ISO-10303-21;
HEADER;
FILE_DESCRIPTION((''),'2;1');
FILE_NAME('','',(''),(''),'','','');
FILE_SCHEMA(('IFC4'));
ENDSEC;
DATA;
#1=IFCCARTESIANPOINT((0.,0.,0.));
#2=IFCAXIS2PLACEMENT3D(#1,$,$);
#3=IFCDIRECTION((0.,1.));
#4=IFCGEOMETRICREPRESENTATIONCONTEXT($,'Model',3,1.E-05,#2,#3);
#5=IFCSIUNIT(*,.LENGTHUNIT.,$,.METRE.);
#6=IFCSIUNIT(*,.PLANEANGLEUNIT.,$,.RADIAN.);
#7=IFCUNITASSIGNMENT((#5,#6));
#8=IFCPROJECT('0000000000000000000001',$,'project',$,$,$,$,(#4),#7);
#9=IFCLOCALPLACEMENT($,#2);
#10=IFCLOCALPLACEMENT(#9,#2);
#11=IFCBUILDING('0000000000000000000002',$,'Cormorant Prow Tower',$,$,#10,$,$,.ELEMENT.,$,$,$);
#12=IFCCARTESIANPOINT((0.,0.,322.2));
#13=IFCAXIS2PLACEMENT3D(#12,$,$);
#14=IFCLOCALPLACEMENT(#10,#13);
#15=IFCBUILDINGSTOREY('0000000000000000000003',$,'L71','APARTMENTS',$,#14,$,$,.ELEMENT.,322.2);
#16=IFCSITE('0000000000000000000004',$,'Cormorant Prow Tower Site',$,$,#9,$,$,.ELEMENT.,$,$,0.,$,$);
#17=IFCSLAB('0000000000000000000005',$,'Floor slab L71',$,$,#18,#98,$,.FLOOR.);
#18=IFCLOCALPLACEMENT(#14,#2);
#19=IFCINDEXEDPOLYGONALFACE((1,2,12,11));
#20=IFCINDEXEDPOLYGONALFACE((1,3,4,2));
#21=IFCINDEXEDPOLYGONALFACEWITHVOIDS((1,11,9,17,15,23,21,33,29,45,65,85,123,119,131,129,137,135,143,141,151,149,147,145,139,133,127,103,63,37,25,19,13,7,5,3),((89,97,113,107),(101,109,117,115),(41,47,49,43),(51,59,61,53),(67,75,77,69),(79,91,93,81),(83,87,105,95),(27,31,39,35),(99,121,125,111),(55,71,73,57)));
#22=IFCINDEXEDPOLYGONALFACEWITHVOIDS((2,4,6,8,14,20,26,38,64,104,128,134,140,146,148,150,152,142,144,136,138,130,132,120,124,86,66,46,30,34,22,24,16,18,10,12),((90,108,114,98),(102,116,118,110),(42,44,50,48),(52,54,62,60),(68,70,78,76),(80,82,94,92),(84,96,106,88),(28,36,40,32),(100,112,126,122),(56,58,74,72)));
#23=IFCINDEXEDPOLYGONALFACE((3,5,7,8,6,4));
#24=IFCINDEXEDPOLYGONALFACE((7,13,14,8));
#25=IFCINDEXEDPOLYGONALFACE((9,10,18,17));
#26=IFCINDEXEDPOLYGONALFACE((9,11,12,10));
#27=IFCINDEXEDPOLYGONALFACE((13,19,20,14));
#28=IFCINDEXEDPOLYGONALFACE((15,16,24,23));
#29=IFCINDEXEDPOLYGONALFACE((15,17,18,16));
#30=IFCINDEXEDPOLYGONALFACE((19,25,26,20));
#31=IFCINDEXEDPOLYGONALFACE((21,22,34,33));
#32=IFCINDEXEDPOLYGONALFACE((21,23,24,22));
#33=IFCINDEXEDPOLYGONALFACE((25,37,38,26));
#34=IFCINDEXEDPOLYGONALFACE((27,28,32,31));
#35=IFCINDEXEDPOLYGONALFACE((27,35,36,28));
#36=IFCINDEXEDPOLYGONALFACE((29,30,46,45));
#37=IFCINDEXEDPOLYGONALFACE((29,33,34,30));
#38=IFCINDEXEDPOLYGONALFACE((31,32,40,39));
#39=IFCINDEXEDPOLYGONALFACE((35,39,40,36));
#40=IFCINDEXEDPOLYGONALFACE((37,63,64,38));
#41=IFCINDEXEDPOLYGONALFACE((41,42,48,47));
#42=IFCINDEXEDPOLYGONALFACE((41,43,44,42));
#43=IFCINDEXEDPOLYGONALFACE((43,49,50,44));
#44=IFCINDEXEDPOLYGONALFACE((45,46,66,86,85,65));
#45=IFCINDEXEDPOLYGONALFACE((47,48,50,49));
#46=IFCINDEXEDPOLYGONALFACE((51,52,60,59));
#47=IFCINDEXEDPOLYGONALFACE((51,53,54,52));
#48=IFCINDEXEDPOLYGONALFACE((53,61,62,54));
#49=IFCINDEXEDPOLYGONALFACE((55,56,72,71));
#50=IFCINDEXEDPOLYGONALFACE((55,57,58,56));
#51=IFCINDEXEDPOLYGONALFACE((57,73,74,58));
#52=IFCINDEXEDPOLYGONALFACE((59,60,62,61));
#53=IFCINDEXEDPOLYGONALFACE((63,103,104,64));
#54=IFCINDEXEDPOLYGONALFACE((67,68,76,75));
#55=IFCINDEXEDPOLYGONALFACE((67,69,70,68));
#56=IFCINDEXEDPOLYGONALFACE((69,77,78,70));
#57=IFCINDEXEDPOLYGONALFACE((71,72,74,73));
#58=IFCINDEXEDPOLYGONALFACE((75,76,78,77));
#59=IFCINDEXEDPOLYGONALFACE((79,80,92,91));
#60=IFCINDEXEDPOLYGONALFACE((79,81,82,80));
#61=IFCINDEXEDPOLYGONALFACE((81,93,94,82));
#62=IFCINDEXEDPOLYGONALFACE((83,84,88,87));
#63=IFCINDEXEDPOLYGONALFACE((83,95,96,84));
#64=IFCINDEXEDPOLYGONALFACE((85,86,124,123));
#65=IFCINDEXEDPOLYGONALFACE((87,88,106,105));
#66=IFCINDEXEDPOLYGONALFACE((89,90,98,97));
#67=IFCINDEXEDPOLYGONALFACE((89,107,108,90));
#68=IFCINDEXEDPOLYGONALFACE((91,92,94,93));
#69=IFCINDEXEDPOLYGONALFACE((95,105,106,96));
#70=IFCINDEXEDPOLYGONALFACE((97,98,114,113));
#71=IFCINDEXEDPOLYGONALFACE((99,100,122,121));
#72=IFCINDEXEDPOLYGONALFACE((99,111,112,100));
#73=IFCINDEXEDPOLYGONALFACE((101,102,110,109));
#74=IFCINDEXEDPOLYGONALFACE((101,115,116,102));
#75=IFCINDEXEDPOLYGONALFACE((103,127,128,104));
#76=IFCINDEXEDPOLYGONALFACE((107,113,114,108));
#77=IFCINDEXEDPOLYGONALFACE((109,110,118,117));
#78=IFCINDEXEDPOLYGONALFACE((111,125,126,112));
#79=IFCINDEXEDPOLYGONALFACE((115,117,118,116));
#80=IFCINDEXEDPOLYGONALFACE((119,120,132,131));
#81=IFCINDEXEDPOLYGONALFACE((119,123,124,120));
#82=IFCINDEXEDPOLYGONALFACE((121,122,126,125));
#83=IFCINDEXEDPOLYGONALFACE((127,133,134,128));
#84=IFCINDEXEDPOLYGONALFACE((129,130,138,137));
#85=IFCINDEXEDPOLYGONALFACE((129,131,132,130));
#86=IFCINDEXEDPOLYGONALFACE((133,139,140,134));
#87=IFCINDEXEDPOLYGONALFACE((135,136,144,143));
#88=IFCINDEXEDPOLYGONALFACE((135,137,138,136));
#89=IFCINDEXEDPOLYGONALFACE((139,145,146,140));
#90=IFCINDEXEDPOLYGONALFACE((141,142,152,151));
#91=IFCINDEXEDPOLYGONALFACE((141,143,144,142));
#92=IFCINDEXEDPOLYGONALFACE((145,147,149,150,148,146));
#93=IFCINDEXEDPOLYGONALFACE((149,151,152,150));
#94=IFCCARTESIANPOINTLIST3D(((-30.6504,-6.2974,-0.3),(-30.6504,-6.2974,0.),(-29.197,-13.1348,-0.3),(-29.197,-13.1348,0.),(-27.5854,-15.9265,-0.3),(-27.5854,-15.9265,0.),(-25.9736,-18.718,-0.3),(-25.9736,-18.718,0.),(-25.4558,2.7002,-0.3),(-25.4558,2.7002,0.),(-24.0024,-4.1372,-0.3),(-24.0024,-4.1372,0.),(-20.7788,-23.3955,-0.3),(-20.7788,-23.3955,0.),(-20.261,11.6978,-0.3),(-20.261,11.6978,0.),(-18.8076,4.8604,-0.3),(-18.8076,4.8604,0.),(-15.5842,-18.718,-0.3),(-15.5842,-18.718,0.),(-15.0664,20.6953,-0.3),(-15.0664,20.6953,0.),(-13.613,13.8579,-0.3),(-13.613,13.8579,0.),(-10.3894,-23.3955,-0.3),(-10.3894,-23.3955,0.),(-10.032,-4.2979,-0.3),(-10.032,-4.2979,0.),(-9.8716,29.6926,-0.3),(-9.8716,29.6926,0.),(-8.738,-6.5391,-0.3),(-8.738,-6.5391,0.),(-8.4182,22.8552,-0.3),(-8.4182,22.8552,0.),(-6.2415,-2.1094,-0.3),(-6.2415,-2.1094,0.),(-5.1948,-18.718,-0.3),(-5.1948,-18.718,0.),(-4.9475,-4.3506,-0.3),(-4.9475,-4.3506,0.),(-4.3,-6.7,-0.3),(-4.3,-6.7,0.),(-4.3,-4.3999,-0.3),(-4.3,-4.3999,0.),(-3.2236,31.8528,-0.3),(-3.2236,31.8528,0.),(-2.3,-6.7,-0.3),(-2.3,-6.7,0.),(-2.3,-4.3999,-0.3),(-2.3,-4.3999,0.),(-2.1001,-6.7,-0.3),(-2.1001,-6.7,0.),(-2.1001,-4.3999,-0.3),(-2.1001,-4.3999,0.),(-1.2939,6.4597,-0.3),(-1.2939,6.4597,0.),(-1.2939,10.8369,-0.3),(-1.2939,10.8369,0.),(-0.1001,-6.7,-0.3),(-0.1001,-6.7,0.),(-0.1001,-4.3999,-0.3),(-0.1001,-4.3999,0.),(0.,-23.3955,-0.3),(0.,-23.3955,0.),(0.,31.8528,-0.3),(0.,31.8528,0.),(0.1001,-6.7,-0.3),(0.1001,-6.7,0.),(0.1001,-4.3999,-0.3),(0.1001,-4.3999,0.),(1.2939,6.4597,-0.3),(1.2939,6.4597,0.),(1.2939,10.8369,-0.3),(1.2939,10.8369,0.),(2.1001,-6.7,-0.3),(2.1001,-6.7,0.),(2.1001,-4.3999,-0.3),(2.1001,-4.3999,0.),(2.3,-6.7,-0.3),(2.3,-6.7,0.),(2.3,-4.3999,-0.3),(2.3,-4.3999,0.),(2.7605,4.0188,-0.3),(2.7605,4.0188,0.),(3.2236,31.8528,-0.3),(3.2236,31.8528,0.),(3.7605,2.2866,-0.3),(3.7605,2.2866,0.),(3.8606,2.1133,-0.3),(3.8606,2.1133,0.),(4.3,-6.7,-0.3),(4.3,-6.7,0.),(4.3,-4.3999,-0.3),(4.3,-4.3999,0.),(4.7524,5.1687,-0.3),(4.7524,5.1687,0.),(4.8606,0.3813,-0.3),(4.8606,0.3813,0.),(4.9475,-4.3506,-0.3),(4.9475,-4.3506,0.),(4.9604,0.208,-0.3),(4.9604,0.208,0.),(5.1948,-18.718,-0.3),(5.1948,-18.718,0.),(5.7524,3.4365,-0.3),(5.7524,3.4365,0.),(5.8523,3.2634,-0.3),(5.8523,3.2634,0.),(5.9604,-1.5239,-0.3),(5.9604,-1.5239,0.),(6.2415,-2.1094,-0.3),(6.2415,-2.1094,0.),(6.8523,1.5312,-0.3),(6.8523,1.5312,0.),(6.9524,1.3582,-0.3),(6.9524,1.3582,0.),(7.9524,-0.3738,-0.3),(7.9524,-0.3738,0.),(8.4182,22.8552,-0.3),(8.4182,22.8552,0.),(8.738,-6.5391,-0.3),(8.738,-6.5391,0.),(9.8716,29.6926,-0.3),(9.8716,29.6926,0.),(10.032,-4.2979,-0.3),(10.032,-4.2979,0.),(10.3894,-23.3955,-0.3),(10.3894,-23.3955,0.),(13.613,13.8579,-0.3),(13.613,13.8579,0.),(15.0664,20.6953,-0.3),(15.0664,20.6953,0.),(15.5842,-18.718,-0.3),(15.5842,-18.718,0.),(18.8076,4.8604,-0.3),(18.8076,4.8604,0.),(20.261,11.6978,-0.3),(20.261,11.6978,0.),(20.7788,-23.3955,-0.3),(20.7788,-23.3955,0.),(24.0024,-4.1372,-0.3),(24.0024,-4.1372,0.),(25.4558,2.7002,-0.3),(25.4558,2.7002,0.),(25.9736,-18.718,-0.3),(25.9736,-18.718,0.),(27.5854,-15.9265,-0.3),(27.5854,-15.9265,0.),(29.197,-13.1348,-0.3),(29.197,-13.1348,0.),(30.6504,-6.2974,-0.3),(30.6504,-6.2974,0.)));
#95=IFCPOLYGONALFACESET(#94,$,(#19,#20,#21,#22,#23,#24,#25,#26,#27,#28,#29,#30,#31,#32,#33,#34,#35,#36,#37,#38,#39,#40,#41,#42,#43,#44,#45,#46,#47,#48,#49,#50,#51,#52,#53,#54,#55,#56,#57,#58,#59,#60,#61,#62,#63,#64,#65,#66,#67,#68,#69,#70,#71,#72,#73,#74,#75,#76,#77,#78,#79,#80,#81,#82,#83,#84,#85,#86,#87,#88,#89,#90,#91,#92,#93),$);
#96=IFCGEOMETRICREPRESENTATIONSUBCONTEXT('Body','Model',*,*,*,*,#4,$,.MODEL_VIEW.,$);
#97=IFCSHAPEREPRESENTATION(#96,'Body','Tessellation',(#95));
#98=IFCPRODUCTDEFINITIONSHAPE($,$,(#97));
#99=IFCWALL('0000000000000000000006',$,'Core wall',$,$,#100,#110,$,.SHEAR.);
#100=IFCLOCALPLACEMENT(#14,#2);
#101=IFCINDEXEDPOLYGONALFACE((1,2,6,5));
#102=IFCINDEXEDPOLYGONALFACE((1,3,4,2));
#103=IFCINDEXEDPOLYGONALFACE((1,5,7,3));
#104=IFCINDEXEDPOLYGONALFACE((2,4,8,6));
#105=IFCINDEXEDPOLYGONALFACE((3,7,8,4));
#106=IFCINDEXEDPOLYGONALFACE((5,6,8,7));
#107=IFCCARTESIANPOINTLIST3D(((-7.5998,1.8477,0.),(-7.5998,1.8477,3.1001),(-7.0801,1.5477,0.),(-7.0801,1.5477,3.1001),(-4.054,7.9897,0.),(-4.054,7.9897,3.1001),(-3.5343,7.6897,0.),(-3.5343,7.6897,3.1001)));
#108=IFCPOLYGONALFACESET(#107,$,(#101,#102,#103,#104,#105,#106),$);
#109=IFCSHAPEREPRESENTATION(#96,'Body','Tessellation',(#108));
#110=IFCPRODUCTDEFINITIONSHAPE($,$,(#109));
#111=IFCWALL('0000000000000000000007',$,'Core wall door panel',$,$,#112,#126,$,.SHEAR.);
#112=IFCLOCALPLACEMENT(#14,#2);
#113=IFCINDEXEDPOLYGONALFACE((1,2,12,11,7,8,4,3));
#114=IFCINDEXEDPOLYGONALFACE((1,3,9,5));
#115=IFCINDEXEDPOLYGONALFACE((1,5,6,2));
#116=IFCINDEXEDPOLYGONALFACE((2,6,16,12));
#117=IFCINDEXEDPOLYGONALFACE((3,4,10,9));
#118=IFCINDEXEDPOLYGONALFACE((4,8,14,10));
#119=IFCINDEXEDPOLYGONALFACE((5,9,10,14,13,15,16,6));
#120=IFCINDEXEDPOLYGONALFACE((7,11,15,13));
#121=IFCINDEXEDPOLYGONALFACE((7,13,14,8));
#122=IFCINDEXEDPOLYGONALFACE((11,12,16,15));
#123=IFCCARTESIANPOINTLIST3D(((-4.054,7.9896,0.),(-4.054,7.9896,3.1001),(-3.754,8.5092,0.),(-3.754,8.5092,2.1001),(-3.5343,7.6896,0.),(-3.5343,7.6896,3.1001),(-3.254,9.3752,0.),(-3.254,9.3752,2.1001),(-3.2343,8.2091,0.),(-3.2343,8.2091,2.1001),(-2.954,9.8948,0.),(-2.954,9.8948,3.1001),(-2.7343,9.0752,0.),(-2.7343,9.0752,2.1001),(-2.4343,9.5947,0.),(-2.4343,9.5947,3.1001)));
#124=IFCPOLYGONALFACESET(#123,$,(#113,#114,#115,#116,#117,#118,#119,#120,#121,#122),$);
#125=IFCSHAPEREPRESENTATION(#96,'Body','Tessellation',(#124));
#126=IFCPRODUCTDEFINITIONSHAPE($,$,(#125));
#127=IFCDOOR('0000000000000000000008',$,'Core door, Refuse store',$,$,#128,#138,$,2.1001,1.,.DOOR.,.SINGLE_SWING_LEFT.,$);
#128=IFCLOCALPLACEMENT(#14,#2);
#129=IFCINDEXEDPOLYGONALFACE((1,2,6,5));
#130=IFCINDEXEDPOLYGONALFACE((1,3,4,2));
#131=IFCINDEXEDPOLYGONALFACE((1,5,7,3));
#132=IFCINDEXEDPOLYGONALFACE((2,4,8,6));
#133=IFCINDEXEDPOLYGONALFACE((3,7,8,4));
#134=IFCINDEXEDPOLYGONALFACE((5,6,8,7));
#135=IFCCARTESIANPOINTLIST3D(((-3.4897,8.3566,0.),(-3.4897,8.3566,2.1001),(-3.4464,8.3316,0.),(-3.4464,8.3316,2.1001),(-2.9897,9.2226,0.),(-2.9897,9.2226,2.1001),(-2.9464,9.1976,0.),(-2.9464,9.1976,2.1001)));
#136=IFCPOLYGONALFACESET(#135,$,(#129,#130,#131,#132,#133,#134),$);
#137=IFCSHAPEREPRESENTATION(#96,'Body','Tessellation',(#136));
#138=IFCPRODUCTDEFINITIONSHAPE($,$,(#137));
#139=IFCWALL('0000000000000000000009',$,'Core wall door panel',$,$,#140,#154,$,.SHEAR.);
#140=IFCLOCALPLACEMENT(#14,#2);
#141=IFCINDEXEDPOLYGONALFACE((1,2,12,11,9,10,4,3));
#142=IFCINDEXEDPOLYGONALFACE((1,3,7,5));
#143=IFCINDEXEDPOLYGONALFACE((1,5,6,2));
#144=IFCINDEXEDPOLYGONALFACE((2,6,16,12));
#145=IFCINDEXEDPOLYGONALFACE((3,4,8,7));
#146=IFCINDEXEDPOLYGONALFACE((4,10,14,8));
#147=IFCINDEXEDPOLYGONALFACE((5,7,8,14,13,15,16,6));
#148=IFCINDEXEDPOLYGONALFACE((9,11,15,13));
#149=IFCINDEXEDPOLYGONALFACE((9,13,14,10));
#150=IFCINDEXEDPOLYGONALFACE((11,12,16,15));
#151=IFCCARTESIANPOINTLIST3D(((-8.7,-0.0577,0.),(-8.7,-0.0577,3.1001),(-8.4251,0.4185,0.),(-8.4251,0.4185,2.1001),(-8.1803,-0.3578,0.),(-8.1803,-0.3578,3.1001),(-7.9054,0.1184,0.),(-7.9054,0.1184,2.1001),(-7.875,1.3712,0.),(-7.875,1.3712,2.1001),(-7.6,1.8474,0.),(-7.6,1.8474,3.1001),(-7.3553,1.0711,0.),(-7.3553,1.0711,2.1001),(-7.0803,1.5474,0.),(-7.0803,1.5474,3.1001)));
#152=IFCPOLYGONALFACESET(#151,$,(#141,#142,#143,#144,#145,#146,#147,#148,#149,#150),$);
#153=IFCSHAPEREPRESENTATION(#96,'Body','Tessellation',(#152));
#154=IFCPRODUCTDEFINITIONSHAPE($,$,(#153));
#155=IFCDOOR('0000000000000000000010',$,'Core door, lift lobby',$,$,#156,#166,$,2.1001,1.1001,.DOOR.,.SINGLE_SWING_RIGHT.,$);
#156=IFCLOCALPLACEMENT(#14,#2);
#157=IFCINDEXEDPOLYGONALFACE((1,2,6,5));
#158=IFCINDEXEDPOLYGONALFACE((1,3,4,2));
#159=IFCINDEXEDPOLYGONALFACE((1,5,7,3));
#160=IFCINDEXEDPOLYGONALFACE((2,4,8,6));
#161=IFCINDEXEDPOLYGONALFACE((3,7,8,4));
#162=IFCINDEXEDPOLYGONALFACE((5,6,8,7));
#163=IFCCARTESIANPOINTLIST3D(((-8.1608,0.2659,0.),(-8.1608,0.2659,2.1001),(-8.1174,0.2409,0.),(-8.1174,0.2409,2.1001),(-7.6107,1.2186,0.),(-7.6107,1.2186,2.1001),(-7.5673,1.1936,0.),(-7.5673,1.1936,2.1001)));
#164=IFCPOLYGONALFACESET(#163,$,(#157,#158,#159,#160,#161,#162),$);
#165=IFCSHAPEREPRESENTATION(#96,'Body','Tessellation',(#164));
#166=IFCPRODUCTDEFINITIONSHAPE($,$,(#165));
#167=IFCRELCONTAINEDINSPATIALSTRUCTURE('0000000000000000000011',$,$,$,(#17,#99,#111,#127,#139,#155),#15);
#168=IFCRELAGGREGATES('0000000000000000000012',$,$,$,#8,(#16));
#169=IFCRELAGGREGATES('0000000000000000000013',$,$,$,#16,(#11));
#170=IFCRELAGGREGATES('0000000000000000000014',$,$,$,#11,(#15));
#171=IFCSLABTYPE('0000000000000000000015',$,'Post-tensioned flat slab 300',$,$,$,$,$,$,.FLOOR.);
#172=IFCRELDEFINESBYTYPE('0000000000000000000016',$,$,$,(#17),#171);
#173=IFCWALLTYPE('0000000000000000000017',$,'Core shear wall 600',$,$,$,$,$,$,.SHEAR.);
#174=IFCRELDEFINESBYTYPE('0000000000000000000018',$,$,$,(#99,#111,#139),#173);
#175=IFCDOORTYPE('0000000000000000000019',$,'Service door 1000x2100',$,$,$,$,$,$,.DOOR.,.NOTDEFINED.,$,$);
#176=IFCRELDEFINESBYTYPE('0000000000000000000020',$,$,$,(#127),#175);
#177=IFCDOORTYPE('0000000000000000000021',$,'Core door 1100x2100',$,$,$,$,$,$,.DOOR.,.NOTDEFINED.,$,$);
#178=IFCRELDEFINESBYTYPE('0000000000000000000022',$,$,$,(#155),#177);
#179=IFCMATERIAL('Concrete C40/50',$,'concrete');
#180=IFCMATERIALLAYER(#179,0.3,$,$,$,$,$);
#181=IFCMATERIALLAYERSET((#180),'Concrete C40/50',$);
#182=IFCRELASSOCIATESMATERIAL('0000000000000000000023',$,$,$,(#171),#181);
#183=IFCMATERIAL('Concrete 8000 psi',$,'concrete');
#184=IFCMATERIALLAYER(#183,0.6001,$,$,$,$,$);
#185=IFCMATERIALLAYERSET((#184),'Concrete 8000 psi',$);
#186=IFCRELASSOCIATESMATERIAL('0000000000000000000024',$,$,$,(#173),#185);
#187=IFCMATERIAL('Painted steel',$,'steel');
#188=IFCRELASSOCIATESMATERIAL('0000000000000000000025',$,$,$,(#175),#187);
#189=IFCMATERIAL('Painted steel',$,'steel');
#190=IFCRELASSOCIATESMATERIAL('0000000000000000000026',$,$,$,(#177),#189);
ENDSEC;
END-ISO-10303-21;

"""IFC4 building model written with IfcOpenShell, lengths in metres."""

from ifc_helpers import new_model, si_unit, direction, frame, frame_2d, origin, place, context, subcontext, project, spatial, polyline, rectangle, outline, extrude, material, layer, layer_set, type_object, element, fill, save


model = new_model("IFC4")

# Units and contexts
model_context = context("Model", 3, precision=1e-05, world=origin(), true_north=direction((0.0, 1.0)))
body_context = subcontext(model_context, "Body", "Model", "MODEL_VIEW")
ifc_project = project(units=[si_unit("LENGTHUNIT", "METRE"), si_unit("PLANEANGLEUNIT", "RADIAN")], contexts=[model_context])

# Site, building, storey
site_placement = place(None, origin())
site = spatial("IfcSite", under=ifc_project, at=site_placement, Name="Cormorant Prow Tower Site", CompositionType="ELEMENT", RefElevation=0.0)
building_placement = place(site_placement, origin())
building = spatial("IfcBuilding", under=site, at=building_placement, Name="Cormorant Prow Tower", CompositionType="ELEMENT")
storey_placement = place(building_placement, frame((0.0, 0.0, 322.2)))
storey = spatial("IfcBuildingStorey", under=building, at=storey_placement, Name="L71", Description="APARTMENTS", CompositionType="ELEMENT", Elevation=322.2)

# Slab
ifc_material_1 = material(Name="Concrete C40/50", Category="concrete")
ifc_layer_1 = layer(ifc_material_1, 0.3)
ifc_layer_set_1 = layer_set([ifc_layer_1], Name="Concrete C40/50")
slab_type_1 = type_object("IfcSlabType", Name="Post-tensioned flat slab 300", PredefinedType="FLOOR", material=ifc_layer_set_1)
slab_1_placement = place(storey_placement, frame((0.0, 0.0, -0.3)))
element("IfcSlab", 1, at=slab_1_placement, inside=storey, type_object=slab_type_1, Name="Floor slab L71", PredefinedType="FLOOR", context=body_context, shape_type="SweptSolid", body=[
    extrude(outline(polyline([(-8.4182, 22.8552), (-15.0664, 20.6953), (-13.613, 13.8579), (-20.261, 11.6978), (-18.8076, 4.8604), (-25.4558, 2.7002), (-24.0024, -4.1372), (-30.6504, -6.2974), (-29.197, -13.1348), (-27.5854, -15.9265), (-25.9736, -18.718), (-20.7788, -23.3955), (-15.5842, -18.718), (-10.3894, -23.3955), (-5.1948, -18.718), (0.0, -23.3955), (5.1948, -18.718), (10.3894, -23.3955), (15.5842, -18.718), (20.7788, -23.3955), (25.9736, -18.718), (27.5854, -15.9265), (29.197, -13.1348), (30.6504, -6.2974), (24.0024, -4.1372), (25.4558, 2.7002), (18.8076, 4.8604), (20.261, 11.6978), (13.613, 13.8579), (15.0664, 20.6953), (8.4182, 22.8552), (9.8716, 29.6926), (3.2236, 31.8528), (0.0, 31.8528), (-3.2236, 31.8528), (-9.8716, 29.6926), (-8.4182, 22.8552)]), holes=[polyline([(-4.3, -4.3999), (-2.3, -4.3999), (-2.3, -6.7), (-4.3, -6.7), (-4.3, -4.3999)]), polyline([(-0.1001, -4.3999), (-0.1001, -6.7), (-2.1001, -6.7), (-2.1001, -4.3999), (-0.1001, -4.3999)]), polyline([(2.1001, -6.7), (0.1001, -6.7), (0.1001, -4.3999), (2.1001, -4.3999), (2.1001, -6.7)]), polyline([(2.3, -6.7), (2.3, -4.3999), (4.3, -4.3999), (4.3, -6.7), (2.3, -6.7)]), polyline([(5.9604, -1.5239), (4.9604, 0.208), (6.9524, 1.3582), (7.9524, -0.3738), (5.9604, -1.5239)]), polyline([(3.8606, 2.1133), (5.8523, 3.2634), (6.8523, 1.5312), (4.8606, 0.3813), (3.8606, 2.1133)]), polyline([(4.7524, 5.1687), (5.7524, 3.4365), (3.7605, 2.2866), (2.7605, 4.0188), (4.7524, 5.1687)]), polyline([(-4.9475, -4.3506), (-8.738, -6.5391), (-10.032, -4.2979), (-6.2415, -2.1094), (-4.9475, -4.3506)]), polyline([(10.032, -4.2979), (8.738, -6.5391), (4.9475, -4.3506), (6.2415, -2.1094), (10.032, -4.2979)]), polyline([(1.2939, 10.8369), (1.2939, 6.4597), (-1.2939, 6.4597), (-1.2939, 10.8369), (1.2939, 10.8369)])]), origin(), (0.0, 0.0, 1.0), 0.3),
])

# Wall
ifc_material_2 = material(Name="Concrete 8000 psi", Category="concrete")
ifc_layer_2 = layer(ifc_material_2, 0.6001)
ifc_layer_set_2 = layer_set([ifc_layer_2], Name="Concrete 8000 psi")
wall_type_1 = type_object("IfcWallType", Name="Core shear wall 600", PredefinedType="SHEAR", material=ifc_layer_set_2)
wall_1_placement = place(storey_placement, frame((-3.7942, 7.8396, 0.0), z_axis=(0.0, 0.0, 1.0), x_axis=(-0.499975, -0.86604, 0.0)))
element("IfcWall", 2, at=wall_1_placement, inside=storey, type_object=wall_type_1, Name="Core wall", PredefinedType="SHEAR", context=body_context, shape_type="SweptSolid", body=[
    extrude(rectangle(XDim=7.092, YDim=0.6001, at=frame_2d((3.5459, 0.0))), origin(), (0.0, 0.0, 1.0), 3.1001),
])

# Walls, openings, doors
wall_2_placement = place(storey_placement, frame((-2.6941, 9.7449, 0.0), z_axis=(0.0, 0.0, 1.0), x_axis=(-0.50003, -0.866008, 0.0)))
wall_2 = element("IfcWall", 3, at=wall_2_placement, inside=storey, type_object=wall_type_1, Name="Core wall door panel", PredefinedType="SHEAR", context=body_context, shape_type="SweptSolid", body=[
    extrude(rectangle(XDim=2.2, YDim=0.6001, at=frame_2d((1.1001, 0.0))), origin(), (0.0, 0.0, 1.0), 3.1001),
])
opening_1_placement = place(wall_2_placement, frame((0.6001, 0.0, 0.0)))
opening_1 = element("IfcOpeningElement", 4, at=opening_1_placement, cuts=wall_2, PredefinedType="OPENING", context=body_context, shape_type="SweptSolid", body=[
    extrude(rectangle(XDim=1.0, YDim=2.1001, at=frame_2d((0.5, 1.05))), frame((0.0, 0.3101, 0.0), z_axis=(0.0, -1.0, 0.0), x_axis=(1.0, 0.0, 0.0)), (0.0, 0.0, 1.0), 0.6201),
])
ifc_material_3 = material(Name="Painted steel", Category="steel")
door_type_1 = type_object("IfcDoorType", Name="Service door 1000x2100", OperationType="NOTDEFINED", PredefinedType="DOOR", material=ifc_material_3)
door_1_placement = place(opening_1_placement, origin())
door_1 = element("IfcDoor", 5, at=door_1_placement, inside=storey, type_object=door_type_1, Name="Core door, Refuse store", OperationType="SINGLE_SWING_LEFT", OverallHeight=2.1001, OverallWidth=1.0, PredefinedType="DOOR", context=body_context, shape_type="SweptSolid", body=[
    extrude(rectangle(XDim=1.0, YDim=2.1001, at=frame_2d((0.5, 1.05))), frame((0.0, 0.0552, 0.0), z_axis=(0.0, -1.0, 0.0), x_axis=(1.0, 0.0, 0.0)), (0.0, 0.0, 1.0), 0.05),
])
fill(opening_1, door_1)
wall_3_placement = place(storey_placement, frame((-7.3401, 1.6975, 0.0), z_axis=(0.0, 0.0, 1.0), x_axis=(-0.50003, -0.866008, 0.0)))
wall_3 = element("IfcWall", 6, at=wall_3_placement, inside=storey, type_object=wall_type_1, Name="Core wall door panel", PredefinedType="SHEAR", context=body_context, shape_type="SweptSolid", body=[
    extrude(rectangle(XDim=2.2, YDim=0.6001, at=frame_2d((1.1001, 0.0))), origin(), (0.0, 0.0, 1.0), 3.1001),
])
opening_2_placement = place(wall_3_placement, frame((0.55, 0.0, 0.0)))
opening_2 = element("IfcOpeningElement", 7, at=opening_2_placement, cuts=wall_3, PredefinedType="OPENING", context=body_context, shape_type="SweptSolid", body=[
    extrude(rectangle(XDim=1.1001, YDim=2.1001, at=frame_2d((0.55, 1.05))), frame((0.0, 0.3101, 0.0), z_axis=(0.0, -1.0, 0.0), x_axis=(1.0, 0.0, 0.0)), (0.0, 0.0, 1.0), 0.6201),
])
ifc_material_4 = material(Name="Painted steel", Category="steel")
door_type_2 = type_object("IfcDoorType", Name="Core door 1100x2100", OperationType="NOTDEFINED", PredefinedType="DOOR", material=ifc_material_4)
door_2_placement = place(opening_2_placement, origin())
door_2 = element("IfcDoor", 8, at=door_2_placement, inside=storey, type_object=door_type_2, Name="Core door, lift lobby", OperationType="SINGLE_SWING_RIGHT", OverallHeight=2.1001, OverallWidth=1.1001, PredefinedType="DOOR", context=body_context, shape_type="SweptSolid", body=[
    extrude(rectangle(XDim=1.1001, YDim=2.1001, at=frame_2d((0.55, 1.05))), frame((0.0, 0.0552, 0.0), z_axis=(0.0, -1.0, 0.0), x_axis=(1.0, 0.0, 0.0)), (0.0, 0.0, 1.0), 0.05),
])
fill(opening_2, door_2)

save(model, "model.ifc")
